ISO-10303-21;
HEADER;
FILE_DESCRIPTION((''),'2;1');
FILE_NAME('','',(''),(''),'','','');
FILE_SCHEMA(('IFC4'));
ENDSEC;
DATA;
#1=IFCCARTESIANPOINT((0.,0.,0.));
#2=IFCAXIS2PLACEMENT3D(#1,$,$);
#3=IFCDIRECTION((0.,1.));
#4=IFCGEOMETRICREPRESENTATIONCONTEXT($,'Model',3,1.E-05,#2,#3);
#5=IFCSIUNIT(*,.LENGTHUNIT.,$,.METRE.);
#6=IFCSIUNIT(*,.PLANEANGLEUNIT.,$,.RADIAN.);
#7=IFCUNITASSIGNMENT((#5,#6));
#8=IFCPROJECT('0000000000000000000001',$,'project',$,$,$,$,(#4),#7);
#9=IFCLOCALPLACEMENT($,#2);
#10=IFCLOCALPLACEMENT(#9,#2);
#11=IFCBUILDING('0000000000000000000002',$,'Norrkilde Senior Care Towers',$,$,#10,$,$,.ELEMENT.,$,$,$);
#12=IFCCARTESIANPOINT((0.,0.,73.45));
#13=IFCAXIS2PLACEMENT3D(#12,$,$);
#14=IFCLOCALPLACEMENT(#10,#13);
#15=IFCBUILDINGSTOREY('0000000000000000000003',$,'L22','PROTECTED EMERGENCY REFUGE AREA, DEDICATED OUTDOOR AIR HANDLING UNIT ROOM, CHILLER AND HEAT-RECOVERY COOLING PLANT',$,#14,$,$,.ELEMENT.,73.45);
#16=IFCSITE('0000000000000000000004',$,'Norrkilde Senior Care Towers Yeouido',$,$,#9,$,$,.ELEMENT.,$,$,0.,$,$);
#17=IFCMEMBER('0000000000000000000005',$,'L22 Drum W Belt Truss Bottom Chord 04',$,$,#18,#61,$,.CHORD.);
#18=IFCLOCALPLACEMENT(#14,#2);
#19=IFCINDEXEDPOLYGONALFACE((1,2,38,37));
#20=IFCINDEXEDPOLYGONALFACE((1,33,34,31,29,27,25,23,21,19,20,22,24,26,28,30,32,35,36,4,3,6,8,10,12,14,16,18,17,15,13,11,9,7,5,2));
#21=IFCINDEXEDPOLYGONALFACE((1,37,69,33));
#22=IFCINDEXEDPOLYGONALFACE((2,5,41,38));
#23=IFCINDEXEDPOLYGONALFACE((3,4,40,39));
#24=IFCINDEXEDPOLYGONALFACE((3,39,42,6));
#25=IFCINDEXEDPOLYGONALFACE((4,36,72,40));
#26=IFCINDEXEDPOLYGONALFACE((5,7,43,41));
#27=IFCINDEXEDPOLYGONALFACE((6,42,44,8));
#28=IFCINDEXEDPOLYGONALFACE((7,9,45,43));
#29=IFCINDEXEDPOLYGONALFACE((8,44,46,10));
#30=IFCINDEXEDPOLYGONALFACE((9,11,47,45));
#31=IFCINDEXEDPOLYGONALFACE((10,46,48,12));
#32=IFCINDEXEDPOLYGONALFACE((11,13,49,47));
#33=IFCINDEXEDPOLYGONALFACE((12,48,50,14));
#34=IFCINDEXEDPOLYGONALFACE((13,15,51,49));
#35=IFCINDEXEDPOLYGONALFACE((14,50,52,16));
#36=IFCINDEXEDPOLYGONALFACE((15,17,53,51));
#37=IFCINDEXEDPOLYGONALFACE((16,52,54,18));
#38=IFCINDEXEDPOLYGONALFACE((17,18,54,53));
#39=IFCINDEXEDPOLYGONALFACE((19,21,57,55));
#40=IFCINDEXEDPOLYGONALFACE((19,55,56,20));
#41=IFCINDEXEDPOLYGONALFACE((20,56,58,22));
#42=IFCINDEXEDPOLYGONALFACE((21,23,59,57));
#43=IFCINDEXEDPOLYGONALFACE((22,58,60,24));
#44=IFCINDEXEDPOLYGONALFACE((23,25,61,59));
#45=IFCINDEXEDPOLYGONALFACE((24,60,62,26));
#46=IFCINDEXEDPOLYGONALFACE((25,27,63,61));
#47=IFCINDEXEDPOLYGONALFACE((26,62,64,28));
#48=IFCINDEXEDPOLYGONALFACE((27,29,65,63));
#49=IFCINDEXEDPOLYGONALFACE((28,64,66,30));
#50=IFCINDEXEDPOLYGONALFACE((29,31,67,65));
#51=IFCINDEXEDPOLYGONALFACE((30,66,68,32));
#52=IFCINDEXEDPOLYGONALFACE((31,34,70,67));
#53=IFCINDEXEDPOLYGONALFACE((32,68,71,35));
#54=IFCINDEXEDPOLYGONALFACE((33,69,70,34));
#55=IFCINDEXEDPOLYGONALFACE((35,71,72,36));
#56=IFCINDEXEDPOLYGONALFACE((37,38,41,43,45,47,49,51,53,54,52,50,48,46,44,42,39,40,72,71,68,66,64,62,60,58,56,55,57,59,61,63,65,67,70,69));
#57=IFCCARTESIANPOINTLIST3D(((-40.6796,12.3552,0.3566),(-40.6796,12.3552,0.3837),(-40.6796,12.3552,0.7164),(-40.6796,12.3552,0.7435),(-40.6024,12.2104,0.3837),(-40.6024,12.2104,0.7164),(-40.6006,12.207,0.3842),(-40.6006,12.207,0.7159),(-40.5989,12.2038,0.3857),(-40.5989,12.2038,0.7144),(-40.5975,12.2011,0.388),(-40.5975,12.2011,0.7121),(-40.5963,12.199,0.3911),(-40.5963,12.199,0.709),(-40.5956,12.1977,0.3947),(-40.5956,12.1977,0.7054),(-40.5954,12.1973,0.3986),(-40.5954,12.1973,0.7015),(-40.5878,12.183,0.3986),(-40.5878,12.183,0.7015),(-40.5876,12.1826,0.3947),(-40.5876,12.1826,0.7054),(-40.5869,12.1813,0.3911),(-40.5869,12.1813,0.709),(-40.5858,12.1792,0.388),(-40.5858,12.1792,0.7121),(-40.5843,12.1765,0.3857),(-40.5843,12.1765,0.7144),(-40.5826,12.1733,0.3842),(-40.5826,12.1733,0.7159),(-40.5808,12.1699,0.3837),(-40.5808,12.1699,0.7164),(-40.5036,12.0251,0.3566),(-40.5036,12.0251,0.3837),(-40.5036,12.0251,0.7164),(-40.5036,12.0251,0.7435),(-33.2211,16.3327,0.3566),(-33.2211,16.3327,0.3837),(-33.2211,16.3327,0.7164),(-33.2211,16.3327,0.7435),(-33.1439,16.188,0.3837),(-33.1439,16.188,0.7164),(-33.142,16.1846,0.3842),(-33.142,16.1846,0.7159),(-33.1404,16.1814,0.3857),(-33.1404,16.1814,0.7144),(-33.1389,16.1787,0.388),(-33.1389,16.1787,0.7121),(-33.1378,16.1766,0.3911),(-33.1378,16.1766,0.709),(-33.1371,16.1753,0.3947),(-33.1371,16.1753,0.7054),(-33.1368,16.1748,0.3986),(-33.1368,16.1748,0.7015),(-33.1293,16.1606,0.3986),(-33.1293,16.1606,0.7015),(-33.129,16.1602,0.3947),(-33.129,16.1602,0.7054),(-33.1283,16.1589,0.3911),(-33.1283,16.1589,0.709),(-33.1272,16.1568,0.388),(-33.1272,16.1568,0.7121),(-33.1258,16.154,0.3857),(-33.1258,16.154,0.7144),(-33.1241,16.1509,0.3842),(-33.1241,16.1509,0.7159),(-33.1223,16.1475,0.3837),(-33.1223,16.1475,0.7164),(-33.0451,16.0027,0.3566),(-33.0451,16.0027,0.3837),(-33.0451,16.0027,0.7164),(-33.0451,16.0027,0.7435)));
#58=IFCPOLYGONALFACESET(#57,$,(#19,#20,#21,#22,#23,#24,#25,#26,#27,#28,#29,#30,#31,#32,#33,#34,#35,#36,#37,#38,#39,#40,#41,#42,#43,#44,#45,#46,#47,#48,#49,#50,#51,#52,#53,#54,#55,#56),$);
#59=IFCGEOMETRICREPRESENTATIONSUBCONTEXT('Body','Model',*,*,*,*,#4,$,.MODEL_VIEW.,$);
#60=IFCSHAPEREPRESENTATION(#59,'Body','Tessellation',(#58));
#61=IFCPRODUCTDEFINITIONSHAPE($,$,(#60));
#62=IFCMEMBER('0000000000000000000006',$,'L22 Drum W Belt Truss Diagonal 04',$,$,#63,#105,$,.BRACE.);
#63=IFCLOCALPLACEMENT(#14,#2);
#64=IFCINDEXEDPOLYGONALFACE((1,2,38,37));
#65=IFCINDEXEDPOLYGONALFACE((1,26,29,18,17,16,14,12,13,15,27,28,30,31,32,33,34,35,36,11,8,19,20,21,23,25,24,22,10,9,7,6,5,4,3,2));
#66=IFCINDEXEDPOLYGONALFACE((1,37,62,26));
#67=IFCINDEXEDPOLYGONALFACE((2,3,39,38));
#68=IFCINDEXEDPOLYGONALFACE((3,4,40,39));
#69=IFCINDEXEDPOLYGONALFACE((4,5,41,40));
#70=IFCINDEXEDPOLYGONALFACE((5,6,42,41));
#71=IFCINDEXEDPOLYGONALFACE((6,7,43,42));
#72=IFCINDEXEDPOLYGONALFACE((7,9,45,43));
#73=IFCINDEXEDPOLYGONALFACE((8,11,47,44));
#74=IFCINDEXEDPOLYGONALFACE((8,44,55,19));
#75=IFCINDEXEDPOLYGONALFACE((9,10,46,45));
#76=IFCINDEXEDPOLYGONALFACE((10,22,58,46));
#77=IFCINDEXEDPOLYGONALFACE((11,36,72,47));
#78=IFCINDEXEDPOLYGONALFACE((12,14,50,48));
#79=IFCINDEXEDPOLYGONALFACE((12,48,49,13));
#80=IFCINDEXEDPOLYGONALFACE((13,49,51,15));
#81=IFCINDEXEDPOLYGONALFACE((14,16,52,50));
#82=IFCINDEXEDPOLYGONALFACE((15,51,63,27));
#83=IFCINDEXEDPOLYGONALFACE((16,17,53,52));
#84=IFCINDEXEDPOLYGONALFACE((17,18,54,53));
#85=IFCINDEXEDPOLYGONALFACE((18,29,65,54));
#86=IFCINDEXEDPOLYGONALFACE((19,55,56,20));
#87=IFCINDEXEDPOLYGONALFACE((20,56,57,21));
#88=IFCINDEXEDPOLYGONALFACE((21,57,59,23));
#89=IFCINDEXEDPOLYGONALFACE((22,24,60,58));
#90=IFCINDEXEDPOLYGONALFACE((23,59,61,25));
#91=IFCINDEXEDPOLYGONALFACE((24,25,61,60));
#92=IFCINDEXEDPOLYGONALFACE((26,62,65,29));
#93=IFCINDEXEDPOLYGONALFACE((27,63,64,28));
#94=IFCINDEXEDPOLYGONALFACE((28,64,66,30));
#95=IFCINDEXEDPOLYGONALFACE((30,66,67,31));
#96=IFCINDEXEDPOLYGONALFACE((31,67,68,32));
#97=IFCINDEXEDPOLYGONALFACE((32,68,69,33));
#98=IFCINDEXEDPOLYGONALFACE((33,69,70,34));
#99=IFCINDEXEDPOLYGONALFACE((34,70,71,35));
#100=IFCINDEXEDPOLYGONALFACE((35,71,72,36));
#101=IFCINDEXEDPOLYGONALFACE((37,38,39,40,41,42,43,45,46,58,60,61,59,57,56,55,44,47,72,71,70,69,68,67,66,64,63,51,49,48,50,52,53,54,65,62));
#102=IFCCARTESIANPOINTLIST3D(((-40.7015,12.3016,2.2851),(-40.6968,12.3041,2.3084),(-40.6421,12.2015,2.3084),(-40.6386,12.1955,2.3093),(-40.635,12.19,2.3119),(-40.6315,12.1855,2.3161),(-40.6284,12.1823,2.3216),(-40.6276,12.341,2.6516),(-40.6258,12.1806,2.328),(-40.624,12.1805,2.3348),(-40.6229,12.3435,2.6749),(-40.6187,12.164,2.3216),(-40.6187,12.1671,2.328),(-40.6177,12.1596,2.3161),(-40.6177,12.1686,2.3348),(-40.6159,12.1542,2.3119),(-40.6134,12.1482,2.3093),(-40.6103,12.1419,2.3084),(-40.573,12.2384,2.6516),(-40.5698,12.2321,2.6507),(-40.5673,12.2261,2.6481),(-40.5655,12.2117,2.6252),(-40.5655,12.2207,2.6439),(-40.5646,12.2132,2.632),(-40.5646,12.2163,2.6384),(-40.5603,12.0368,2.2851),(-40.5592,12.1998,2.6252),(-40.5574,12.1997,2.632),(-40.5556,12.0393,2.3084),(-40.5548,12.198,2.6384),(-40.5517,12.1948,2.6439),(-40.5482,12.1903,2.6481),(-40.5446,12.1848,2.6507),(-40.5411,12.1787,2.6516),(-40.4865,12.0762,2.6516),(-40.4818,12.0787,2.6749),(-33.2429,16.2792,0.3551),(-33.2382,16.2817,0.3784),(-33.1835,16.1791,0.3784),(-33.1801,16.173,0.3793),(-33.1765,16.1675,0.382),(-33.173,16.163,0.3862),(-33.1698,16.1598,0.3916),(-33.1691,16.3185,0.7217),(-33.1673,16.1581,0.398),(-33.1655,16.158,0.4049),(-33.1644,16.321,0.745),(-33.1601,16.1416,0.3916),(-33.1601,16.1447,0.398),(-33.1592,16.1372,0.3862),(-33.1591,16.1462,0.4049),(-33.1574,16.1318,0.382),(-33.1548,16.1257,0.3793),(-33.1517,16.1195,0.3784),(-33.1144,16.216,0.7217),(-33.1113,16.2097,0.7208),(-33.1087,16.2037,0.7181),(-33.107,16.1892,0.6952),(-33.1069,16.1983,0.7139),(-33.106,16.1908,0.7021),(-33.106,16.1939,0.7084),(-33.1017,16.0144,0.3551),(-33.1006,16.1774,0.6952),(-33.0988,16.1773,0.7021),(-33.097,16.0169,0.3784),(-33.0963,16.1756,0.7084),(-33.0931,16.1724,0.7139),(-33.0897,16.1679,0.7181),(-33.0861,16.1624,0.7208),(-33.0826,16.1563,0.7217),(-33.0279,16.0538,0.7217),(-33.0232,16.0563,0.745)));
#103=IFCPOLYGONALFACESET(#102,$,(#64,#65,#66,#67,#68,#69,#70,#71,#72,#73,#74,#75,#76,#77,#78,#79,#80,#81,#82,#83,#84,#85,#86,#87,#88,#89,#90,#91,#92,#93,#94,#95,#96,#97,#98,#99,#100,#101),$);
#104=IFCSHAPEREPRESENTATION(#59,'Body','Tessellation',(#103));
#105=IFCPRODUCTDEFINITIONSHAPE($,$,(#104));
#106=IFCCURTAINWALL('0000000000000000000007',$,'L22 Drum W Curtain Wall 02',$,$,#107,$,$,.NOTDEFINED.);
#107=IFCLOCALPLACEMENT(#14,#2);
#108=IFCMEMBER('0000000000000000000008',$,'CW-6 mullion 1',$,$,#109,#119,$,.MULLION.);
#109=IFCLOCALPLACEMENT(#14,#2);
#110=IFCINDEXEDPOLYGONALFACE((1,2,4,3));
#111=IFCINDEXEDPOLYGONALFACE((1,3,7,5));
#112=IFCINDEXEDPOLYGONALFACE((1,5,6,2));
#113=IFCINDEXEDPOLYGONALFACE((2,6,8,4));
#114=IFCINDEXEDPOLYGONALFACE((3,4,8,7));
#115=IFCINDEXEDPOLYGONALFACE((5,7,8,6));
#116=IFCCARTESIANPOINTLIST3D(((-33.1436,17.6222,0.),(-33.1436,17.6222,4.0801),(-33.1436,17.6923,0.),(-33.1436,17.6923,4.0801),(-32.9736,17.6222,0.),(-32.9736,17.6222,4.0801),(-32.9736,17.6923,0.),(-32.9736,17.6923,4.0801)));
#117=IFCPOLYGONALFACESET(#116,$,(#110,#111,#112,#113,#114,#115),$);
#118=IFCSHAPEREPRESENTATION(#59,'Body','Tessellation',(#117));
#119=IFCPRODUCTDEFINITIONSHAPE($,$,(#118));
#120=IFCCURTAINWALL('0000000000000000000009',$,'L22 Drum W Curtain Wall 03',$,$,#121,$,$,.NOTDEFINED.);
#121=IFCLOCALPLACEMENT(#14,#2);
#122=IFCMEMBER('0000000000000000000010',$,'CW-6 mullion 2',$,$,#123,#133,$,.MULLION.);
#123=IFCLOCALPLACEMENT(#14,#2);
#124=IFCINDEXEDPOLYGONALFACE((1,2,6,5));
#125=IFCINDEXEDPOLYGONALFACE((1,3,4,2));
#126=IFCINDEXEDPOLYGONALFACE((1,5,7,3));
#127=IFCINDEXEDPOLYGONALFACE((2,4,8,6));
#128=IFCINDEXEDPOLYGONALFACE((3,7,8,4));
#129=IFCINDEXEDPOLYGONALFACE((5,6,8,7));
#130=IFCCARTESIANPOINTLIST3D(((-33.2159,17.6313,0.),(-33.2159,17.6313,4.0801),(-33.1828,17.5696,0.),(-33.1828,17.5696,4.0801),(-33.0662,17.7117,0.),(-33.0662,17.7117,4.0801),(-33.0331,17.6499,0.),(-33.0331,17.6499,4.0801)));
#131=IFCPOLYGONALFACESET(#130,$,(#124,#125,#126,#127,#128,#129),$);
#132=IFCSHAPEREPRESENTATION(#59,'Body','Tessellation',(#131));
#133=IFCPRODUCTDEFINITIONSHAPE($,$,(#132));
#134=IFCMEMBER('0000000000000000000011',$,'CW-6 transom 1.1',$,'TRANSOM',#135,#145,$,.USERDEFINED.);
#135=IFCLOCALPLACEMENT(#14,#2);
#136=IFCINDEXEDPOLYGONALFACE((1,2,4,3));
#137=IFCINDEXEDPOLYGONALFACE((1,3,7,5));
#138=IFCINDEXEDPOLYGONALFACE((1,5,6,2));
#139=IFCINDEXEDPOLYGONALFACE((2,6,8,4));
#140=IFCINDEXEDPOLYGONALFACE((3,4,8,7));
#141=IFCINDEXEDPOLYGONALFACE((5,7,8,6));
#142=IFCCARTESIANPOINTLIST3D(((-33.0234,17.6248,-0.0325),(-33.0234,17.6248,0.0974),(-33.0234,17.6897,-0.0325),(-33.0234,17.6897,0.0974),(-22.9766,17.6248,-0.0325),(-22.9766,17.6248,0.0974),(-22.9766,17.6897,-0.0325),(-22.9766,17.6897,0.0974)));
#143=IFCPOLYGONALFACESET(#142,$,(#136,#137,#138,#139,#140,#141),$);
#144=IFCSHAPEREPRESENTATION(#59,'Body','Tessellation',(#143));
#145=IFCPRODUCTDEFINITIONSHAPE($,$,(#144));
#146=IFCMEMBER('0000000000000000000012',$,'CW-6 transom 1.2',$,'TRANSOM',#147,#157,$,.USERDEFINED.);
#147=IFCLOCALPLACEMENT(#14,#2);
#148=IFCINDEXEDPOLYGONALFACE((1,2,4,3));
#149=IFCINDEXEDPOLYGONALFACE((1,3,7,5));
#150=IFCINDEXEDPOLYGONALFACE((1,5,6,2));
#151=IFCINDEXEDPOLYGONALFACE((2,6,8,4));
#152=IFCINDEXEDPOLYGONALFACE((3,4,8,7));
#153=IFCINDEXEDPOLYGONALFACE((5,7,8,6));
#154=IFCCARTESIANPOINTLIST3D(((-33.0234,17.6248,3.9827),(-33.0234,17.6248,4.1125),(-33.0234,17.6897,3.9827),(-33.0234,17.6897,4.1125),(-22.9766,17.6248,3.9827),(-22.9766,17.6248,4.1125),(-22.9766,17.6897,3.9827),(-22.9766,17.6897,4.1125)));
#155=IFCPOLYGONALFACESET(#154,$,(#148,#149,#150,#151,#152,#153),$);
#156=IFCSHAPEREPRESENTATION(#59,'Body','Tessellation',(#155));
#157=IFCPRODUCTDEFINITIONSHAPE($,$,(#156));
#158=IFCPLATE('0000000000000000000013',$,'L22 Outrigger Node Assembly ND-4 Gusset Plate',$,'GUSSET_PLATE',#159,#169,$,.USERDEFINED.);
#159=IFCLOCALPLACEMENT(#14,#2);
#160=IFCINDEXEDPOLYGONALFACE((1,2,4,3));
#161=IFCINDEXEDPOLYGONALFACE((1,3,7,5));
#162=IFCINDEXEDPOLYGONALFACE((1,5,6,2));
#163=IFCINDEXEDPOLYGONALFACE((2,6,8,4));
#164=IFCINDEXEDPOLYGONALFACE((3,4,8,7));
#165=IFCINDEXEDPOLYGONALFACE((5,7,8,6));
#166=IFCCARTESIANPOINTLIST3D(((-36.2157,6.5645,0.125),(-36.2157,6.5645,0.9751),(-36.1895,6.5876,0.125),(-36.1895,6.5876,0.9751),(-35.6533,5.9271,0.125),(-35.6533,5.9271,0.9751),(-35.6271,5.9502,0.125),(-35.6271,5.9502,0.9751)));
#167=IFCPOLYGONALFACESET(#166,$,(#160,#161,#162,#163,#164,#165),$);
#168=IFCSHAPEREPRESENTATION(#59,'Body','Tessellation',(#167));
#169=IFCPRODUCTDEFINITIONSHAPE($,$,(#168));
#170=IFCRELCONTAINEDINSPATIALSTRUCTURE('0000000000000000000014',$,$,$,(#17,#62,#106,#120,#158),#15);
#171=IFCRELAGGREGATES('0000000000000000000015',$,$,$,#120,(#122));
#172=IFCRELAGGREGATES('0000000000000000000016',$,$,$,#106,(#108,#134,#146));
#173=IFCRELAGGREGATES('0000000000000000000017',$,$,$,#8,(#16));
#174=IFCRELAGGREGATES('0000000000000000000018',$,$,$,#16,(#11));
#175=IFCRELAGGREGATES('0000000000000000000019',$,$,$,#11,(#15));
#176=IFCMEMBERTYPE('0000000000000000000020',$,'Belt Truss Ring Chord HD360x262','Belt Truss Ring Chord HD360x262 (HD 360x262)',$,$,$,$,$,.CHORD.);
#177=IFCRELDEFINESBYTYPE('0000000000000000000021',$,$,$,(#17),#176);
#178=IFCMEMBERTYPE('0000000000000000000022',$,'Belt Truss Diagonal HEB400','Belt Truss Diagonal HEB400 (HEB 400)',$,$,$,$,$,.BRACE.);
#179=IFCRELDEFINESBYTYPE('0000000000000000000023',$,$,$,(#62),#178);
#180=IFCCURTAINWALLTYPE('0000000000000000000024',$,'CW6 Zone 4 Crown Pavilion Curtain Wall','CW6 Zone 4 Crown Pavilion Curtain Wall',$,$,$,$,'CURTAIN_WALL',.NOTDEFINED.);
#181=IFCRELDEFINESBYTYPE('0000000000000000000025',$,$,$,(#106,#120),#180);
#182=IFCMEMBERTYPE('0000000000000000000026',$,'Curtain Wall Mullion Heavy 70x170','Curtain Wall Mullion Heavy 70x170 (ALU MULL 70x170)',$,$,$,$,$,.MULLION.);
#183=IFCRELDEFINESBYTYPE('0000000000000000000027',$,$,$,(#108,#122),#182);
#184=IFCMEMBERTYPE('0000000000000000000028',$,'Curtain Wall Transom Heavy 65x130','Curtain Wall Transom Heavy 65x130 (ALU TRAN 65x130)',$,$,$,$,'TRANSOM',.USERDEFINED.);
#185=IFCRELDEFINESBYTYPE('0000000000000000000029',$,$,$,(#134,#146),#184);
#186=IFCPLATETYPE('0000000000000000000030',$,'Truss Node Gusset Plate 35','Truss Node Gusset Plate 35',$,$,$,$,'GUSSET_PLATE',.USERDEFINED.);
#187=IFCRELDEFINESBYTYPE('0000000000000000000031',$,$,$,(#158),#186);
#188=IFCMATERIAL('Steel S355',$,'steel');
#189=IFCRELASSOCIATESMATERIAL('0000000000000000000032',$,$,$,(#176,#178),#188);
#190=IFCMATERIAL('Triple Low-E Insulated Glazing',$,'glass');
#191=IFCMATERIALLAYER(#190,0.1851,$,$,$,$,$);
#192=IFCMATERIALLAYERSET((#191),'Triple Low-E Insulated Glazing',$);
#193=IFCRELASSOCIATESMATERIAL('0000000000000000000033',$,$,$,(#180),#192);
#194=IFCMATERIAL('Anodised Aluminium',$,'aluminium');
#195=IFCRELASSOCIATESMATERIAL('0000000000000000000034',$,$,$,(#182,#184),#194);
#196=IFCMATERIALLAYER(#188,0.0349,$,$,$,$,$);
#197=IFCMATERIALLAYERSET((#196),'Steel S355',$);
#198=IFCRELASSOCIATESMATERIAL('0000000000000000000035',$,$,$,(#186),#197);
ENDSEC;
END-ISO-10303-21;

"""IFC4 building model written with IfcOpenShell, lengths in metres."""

from ifc_helpers import new_model, si_unit, direction, frame, origin, origin_2d, place, context, subcontext, project, spatial, rectangle, i_section, extrude, source, transform, mapped, material, layer, layer_set, material_profile, profile_set, type_object, type_shapes, element, aggregate, save


model = new_model("IFC4")

# Units and contexts
model_context = context("Model", 3, precision=1e-05, world=origin(), true_north=direction((0.0, 1.0)))
body_context = subcontext(model_context, "Body", "Model", "MODEL_VIEW")
ifc_project = project(units=[si_unit("LENGTHUNIT", "METRE"), si_unit("PLANEANGLEUNIT", "RADIAN")], contexts=[model_context])

# Site, building, storey
site_placement = place(None, origin())
site = spatial("IfcSite", under=ifc_project, at=site_placement, Name="Norrkilde Senior Care Towers Yeouido", CompositionType="ELEMENT", RefElevation=0.0)
building_placement = place(site_placement, origin())
building = spatial("IfcBuilding", under=site, at=building_placement, Name="Norrkilde Senior Care Towers", CompositionType="ELEMENT")
storey_placement = place(building_placement, frame((0.0, 0.0, 73.45)))
storey = spatial("IfcBuildingStorey", under=building, at=storey_placement, Name="L22", Description="PROTECTED EMERGENCY REFUGE AREA, DEDICATED OUTDOOR AIR HANDLING UNIT ROOM, CHILLER AND HEAT-RECOVERY COOLING PLANT", CompositionType="ELEMENT", Elevation=73.45)

# Members
ifc_material_1 = material(Name="Steel S355", Category="steel")
ifc_material_profile_1 = material_profile(ifc_material_1, i_section(OverallWidth=0.374, OverallDepth=0.387, WebThickness=0.0161, FlangeThickness=0.0271, FilletRadius=0.0149, at=origin_2d()), Name="HD 360x262")
ifc_profile_set_1 = profile_set([ifc_material_profile_1], Name="Steel S355")
member_type_1 = type_object("IfcMemberType", Name="Belt Truss Ring Chord HD360x262", Description="Belt Truss Ring Chord HD360x262 (HD 360x262)", PredefinedType="CHORD", material=ifc_profile_set_1)
shared_shape_1 = source(origin(), body_context, "Body", "SweptSolid", [
    extrude(i_section(OverallWidth=0.374, OverallDepth=0.387, WebThickness=0.0161, FlangeThickness=0.0271, FilletRadius=0.0149, at=origin_2d()), origin(), (0.0, 0.0, 1.0), 8.4529),
])
type_shapes(member_type_1, [shared_shape_1])
member_1_placement = place(storey_placement, frame((-33.1331, 16.1677, 0.55), z_axis=(-0.882369, -0.470558, 0.0), x_axis=(0.470558, -0.882369, 0.0)))
element("IfcMember", 1, at=member_1_placement, inside=storey, type_object=member_type_1, Name="L22 Drum W Belt Truss Bottom Chord 04", PredefinedType="CHORD", context=body_context, shape_type="MappedRepresentation", body=[
    mapped(shared_shape_1, transform((0.0, 0.0, 0.0), x_axis=(1.0, 0.0, 0.0), y_axis=(0.0, 1.0, 0.0), z_axis=(0.0, 0.0, 1.0), scale=1.0)),
])
ifc_material_profile_2 = material_profile(ifc_material_1, i_section(OverallWidth=0.3, OverallDepth=0.3999, WebThickness=0.0134, FlangeThickness=0.0239, FilletRadius=0.0271, at=origin_2d()), Name="HEB 400")
ifc_profile_set_2 = profile_set([ifc_material_profile_2], Name="Steel S355")
member_type_2 = type_object("IfcMemberType", Name="Belt Truss Diagonal HEB400", Description="Belt Truss Diagonal HEB400 (HEB 400)", PredefinedType="BRACE", material=ifc_profile_set_2)
shared_shape_2 = source(origin(), body_context, "Body", "SweptSolid", [
    extrude(i_section(OverallWidth=0.3, OverallDepth=0.3999, WebThickness=0.0134, FlangeThickness=0.0239, FilletRadius=0.0271, at=origin_2d()), origin(), (0.0, 0.0, 1.0), 8.6704),
])
type_shapes(member_type_2, [shared_shape_2])
member_2_placement = place(storey_placement, frame((-33.1331, 16.1677, 0.55), z_axis=(-0.860232, -0.458753, 0.22259), x_axis=(0.470558, -0.882369, 0.0)))
element("IfcMember", 2, at=member_2_placement, inside=storey, type_object=member_type_2, Name="L22 Drum W Belt Truss Diagonal 04", PredefinedType="BRACE", context=body_context, shape_type="MappedRepresentation", body=[
    mapped(shared_shape_2, transform((0.0, 0.0, 0.0), x_axis=(1.0, 0.0, 0.0), y_axis=(0.0, 1.0, 0.0), z_axis=(0.0, 0.0, 1.0), scale=1.0)),
])

# Curtain walls, members
ifc_material_2 = material(Name="Triple Low-E Insulated Glazing", Category="glass")
ifc_layer_1 = layer(ifc_material_2, 0.1851)
ifc_layer_set_1 = layer_set([ifc_layer_1], Name="Triple Low-E Insulated Glazing")
curtain_wall_type = type_object("IfcCurtainWallType", Name="CW6 Zone 4 Crown Pavilion Curtain Wall", Description="CW6 Zone 4 Crown Pavilion Curtain Wall", ElementType="CURTAIN_WALL", PredefinedType="NOTDEFINED", material=ifc_layer_set_1)
curtain_wall_1_placement = place(storey_placement, origin())
curtain_wall_1 = element("IfcCurtainWall", 3, at=curtain_wall_1_placement, inside=storey, type_object=curtain_wall_type, Name="L22 Drum W Curtain Wall 02", PredefinedType="NOTDEFINED")
ifc_material_3 = material(Name="Anodised Aluminium", Category="aluminium")
ifc_material_profile_3 = material_profile(ifc_material_3, rectangle(XDim=0.0701, YDim=0.1699, at=origin_2d()), Name="ALU MULL 70x170")
ifc_profile_set_3 = profile_set([ifc_material_profile_3], Name="Anodised Aluminium")
member_type_3 = type_object("IfcMemberType", Name="Curtain Wall Mullion Heavy 70x170", Description="Curtain Wall Mullion Heavy 70x170 (ALU MULL 70x170)", PredefinedType="MULLION", material=ifc_profile_set_3)
shared_shape_3 = source(origin(), body_context, "Body", "SweptSolid", [
    extrude(rectangle(XDim=0.0701, YDim=0.1699, at=origin_2d()), origin(), (0.0, 0.0, 1.0), 4.0801),
])
type_shapes(member_type_3, [shared_shape_3])
member_3_placement = place(storey_placement, frame((-33.0586, 17.6572, 0.0), z_axis=(0.0, 0.0, 1.0), x_axis=(0.0, 1.0, 0.0)))
member_3 = element("IfcMember", 4, at=member_3_placement, type_object=member_type_3, Name="CW-6 mullion 1", PredefinedType="MULLION", context=body_context, shape_type="MappedRepresentation", body=[
    mapped(shared_shape_3, transform((0.0, 0.0, 0.0), x_axis=(1.0, 0.0, 0.0), y_axis=(0.0, 1.0, 0.0), z_axis=(0.0, 0.0, 1.0), scale=1.0)),
])
curtain_wall_2_placement = place(storey_placement, origin())
curtain_wall_2 = element("IfcCurtainWall", 5, at=curtain_wall_2_placement, inside=storey, type_object=curtain_wall_type, Name="L22 Drum W Curtain Wall 03", PredefinedType="NOTDEFINED")
member_4_placement = place(storey_placement, frame((-33.1245, 17.6406, 0.0), z_axis=(0.0, 0.0, 1.0), x_axis=(-0.472608, 0.881273, 0.0)))
member_4 = element("IfcMember", 6, at=member_4_placement, type_object=member_type_3, Name="CW-6 mullion 2", PredefinedType="MULLION", context=body_context, shape_type="MappedRepresentation", body=[
    mapped(shared_shape_3, transform((0.0, 0.0, 0.0), x_axis=(1.0, 0.0, 0.0), y_axis=(0.0, 1.0, 0.0), z_axis=(0.0, 0.0, 1.0), scale=1.0)),
])
aggregate(curtain_wall_2, [member_4])

# Members
ifc_material_profile_4 = material_profile(ifc_material_3, rectangle(XDim=0.0649, YDim=0.1299, at=origin_2d()), Name="ALU TRAN 65x130")
ifc_profile_set_4 = profile_set([ifc_material_profile_4], Name="Anodised Aluminium")
member_type_4 = type_object("IfcMemberType", Name="Curtain Wall Transom Heavy 65x130", Description="Curtain Wall Transom Heavy 65x130 (ALU TRAN 65x130)", ElementType="TRANSOM", PredefinedType="USERDEFINED", material=ifc_profile_set_4)
shared_shape_4 = source(origin(), body_context, "Body", "SweptSolid", [
    extrude(rectangle(XDim=0.0649, YDim=0.1299, at=origin_2d()), origin(), (0.0, 0.0, 1.0), 10.0469),
])
type_shapes(member_type_4, [shared_shape_4])
member_5_placement = place(storey_placement, frame((-33.0234, 17.6572, 0.0325), z_axis=(1.0, 0.0, 0.0), x_axis=(0.0, 1.0, 0.0)))
member_5 = element("IfcMember", 7, at=member_5_placement, type_object=member_type_4, Name="CW-6 transom 1.1", ObjectType="TRANSOM", PredefinedType="USERDEFINED", context=body_context, shape_type="MappedRepresentation", body=[
    mapped(shared_shape_4, transform((0.0, 0.0, 0.0), x_axis=(1.0, 0.0, 0.0), y_axis=(0.0, 1.0, 0.0), z_axis=(0.0, 0.0, 1.0), scale=1.0)),
])
member_6_placement = place(storey_placement, frame((-33.0234, 17.6572, 4.0476), z_axis=(1.0, 0.0, 0.0), x_axis=(0.0, 1.0, 0.0)))
member_6 = element("IfcMember", 8, at=member_6_placement, type_object=member_type_4, Name="CW-6 transom 1.2", ObjectType="TRANSOM", PredefinedType="USERDEFINED", context=body_context, shape_type="MappedRepresentation", body=[
    mapped(shared_shape_4, transform((0.0, 0.0, 0.0), x_axis=(1.0, 0.0, 0.0), y_axis=(0.0, 1.0, 0.0), z_axis=(0.0, 0.0, 1.0), scale=1.0)),
])
aggregate(curtain_wall_1, [member_3, member_5, member_6])

# Plate
ifc_layer_2 = layer(ifc_material_1, 0.0349)
ifc_layer_set_2 = layer_set([ifc_layer_2], Name="Steel S355")
plate_type = type_object("IfcPlateType", Name="Truss Node Gusset Plate 35", Description="Truss Node Gusset Plate 35", ElementType="GUSSET_PLATE", PredefinedType="USERDEFINED", material=ifc_layer_set_2)
shared_shape_5 = source(origin(), body_context, "Body", "SweptSolid", [
    extrude(rectangle(XDim=0.8501, YDim=0.0349, at=origin_2d()), origin(), (0.0, 0.0, 1.0), 0.8501),
])
type_shapes(plate_type, [shared_shape_5])
plate_placement = place(storey_placement, frame((-35.9214, 6.2573, 0.125), z_axis=(0.0, 0.0, 1.0), x_axis=(-0.661622, 0.749838, 0.0)))
element("IfcPlate", 9, at=plate_placement, inside=storey, type_object=plate_type, Name="L22 Outrigger Node Assembly ND-4 Gusset Plate", ObjectType="GUSSET_PLATE", PredefinedType="USERDEFINED", context=body_context, shape_type="MappedRepresentation", body=[
    mapped(shared_shape_5, transform((0.0, 0.0, 0.0), x_axis=(1.0, 0.0, 0.0), y_axis=(0.0, 1.0, 0.0), z_axis=(0.0, 0.0, 1.0), scale=1.0)),
])

save(model, "model.ifc")
